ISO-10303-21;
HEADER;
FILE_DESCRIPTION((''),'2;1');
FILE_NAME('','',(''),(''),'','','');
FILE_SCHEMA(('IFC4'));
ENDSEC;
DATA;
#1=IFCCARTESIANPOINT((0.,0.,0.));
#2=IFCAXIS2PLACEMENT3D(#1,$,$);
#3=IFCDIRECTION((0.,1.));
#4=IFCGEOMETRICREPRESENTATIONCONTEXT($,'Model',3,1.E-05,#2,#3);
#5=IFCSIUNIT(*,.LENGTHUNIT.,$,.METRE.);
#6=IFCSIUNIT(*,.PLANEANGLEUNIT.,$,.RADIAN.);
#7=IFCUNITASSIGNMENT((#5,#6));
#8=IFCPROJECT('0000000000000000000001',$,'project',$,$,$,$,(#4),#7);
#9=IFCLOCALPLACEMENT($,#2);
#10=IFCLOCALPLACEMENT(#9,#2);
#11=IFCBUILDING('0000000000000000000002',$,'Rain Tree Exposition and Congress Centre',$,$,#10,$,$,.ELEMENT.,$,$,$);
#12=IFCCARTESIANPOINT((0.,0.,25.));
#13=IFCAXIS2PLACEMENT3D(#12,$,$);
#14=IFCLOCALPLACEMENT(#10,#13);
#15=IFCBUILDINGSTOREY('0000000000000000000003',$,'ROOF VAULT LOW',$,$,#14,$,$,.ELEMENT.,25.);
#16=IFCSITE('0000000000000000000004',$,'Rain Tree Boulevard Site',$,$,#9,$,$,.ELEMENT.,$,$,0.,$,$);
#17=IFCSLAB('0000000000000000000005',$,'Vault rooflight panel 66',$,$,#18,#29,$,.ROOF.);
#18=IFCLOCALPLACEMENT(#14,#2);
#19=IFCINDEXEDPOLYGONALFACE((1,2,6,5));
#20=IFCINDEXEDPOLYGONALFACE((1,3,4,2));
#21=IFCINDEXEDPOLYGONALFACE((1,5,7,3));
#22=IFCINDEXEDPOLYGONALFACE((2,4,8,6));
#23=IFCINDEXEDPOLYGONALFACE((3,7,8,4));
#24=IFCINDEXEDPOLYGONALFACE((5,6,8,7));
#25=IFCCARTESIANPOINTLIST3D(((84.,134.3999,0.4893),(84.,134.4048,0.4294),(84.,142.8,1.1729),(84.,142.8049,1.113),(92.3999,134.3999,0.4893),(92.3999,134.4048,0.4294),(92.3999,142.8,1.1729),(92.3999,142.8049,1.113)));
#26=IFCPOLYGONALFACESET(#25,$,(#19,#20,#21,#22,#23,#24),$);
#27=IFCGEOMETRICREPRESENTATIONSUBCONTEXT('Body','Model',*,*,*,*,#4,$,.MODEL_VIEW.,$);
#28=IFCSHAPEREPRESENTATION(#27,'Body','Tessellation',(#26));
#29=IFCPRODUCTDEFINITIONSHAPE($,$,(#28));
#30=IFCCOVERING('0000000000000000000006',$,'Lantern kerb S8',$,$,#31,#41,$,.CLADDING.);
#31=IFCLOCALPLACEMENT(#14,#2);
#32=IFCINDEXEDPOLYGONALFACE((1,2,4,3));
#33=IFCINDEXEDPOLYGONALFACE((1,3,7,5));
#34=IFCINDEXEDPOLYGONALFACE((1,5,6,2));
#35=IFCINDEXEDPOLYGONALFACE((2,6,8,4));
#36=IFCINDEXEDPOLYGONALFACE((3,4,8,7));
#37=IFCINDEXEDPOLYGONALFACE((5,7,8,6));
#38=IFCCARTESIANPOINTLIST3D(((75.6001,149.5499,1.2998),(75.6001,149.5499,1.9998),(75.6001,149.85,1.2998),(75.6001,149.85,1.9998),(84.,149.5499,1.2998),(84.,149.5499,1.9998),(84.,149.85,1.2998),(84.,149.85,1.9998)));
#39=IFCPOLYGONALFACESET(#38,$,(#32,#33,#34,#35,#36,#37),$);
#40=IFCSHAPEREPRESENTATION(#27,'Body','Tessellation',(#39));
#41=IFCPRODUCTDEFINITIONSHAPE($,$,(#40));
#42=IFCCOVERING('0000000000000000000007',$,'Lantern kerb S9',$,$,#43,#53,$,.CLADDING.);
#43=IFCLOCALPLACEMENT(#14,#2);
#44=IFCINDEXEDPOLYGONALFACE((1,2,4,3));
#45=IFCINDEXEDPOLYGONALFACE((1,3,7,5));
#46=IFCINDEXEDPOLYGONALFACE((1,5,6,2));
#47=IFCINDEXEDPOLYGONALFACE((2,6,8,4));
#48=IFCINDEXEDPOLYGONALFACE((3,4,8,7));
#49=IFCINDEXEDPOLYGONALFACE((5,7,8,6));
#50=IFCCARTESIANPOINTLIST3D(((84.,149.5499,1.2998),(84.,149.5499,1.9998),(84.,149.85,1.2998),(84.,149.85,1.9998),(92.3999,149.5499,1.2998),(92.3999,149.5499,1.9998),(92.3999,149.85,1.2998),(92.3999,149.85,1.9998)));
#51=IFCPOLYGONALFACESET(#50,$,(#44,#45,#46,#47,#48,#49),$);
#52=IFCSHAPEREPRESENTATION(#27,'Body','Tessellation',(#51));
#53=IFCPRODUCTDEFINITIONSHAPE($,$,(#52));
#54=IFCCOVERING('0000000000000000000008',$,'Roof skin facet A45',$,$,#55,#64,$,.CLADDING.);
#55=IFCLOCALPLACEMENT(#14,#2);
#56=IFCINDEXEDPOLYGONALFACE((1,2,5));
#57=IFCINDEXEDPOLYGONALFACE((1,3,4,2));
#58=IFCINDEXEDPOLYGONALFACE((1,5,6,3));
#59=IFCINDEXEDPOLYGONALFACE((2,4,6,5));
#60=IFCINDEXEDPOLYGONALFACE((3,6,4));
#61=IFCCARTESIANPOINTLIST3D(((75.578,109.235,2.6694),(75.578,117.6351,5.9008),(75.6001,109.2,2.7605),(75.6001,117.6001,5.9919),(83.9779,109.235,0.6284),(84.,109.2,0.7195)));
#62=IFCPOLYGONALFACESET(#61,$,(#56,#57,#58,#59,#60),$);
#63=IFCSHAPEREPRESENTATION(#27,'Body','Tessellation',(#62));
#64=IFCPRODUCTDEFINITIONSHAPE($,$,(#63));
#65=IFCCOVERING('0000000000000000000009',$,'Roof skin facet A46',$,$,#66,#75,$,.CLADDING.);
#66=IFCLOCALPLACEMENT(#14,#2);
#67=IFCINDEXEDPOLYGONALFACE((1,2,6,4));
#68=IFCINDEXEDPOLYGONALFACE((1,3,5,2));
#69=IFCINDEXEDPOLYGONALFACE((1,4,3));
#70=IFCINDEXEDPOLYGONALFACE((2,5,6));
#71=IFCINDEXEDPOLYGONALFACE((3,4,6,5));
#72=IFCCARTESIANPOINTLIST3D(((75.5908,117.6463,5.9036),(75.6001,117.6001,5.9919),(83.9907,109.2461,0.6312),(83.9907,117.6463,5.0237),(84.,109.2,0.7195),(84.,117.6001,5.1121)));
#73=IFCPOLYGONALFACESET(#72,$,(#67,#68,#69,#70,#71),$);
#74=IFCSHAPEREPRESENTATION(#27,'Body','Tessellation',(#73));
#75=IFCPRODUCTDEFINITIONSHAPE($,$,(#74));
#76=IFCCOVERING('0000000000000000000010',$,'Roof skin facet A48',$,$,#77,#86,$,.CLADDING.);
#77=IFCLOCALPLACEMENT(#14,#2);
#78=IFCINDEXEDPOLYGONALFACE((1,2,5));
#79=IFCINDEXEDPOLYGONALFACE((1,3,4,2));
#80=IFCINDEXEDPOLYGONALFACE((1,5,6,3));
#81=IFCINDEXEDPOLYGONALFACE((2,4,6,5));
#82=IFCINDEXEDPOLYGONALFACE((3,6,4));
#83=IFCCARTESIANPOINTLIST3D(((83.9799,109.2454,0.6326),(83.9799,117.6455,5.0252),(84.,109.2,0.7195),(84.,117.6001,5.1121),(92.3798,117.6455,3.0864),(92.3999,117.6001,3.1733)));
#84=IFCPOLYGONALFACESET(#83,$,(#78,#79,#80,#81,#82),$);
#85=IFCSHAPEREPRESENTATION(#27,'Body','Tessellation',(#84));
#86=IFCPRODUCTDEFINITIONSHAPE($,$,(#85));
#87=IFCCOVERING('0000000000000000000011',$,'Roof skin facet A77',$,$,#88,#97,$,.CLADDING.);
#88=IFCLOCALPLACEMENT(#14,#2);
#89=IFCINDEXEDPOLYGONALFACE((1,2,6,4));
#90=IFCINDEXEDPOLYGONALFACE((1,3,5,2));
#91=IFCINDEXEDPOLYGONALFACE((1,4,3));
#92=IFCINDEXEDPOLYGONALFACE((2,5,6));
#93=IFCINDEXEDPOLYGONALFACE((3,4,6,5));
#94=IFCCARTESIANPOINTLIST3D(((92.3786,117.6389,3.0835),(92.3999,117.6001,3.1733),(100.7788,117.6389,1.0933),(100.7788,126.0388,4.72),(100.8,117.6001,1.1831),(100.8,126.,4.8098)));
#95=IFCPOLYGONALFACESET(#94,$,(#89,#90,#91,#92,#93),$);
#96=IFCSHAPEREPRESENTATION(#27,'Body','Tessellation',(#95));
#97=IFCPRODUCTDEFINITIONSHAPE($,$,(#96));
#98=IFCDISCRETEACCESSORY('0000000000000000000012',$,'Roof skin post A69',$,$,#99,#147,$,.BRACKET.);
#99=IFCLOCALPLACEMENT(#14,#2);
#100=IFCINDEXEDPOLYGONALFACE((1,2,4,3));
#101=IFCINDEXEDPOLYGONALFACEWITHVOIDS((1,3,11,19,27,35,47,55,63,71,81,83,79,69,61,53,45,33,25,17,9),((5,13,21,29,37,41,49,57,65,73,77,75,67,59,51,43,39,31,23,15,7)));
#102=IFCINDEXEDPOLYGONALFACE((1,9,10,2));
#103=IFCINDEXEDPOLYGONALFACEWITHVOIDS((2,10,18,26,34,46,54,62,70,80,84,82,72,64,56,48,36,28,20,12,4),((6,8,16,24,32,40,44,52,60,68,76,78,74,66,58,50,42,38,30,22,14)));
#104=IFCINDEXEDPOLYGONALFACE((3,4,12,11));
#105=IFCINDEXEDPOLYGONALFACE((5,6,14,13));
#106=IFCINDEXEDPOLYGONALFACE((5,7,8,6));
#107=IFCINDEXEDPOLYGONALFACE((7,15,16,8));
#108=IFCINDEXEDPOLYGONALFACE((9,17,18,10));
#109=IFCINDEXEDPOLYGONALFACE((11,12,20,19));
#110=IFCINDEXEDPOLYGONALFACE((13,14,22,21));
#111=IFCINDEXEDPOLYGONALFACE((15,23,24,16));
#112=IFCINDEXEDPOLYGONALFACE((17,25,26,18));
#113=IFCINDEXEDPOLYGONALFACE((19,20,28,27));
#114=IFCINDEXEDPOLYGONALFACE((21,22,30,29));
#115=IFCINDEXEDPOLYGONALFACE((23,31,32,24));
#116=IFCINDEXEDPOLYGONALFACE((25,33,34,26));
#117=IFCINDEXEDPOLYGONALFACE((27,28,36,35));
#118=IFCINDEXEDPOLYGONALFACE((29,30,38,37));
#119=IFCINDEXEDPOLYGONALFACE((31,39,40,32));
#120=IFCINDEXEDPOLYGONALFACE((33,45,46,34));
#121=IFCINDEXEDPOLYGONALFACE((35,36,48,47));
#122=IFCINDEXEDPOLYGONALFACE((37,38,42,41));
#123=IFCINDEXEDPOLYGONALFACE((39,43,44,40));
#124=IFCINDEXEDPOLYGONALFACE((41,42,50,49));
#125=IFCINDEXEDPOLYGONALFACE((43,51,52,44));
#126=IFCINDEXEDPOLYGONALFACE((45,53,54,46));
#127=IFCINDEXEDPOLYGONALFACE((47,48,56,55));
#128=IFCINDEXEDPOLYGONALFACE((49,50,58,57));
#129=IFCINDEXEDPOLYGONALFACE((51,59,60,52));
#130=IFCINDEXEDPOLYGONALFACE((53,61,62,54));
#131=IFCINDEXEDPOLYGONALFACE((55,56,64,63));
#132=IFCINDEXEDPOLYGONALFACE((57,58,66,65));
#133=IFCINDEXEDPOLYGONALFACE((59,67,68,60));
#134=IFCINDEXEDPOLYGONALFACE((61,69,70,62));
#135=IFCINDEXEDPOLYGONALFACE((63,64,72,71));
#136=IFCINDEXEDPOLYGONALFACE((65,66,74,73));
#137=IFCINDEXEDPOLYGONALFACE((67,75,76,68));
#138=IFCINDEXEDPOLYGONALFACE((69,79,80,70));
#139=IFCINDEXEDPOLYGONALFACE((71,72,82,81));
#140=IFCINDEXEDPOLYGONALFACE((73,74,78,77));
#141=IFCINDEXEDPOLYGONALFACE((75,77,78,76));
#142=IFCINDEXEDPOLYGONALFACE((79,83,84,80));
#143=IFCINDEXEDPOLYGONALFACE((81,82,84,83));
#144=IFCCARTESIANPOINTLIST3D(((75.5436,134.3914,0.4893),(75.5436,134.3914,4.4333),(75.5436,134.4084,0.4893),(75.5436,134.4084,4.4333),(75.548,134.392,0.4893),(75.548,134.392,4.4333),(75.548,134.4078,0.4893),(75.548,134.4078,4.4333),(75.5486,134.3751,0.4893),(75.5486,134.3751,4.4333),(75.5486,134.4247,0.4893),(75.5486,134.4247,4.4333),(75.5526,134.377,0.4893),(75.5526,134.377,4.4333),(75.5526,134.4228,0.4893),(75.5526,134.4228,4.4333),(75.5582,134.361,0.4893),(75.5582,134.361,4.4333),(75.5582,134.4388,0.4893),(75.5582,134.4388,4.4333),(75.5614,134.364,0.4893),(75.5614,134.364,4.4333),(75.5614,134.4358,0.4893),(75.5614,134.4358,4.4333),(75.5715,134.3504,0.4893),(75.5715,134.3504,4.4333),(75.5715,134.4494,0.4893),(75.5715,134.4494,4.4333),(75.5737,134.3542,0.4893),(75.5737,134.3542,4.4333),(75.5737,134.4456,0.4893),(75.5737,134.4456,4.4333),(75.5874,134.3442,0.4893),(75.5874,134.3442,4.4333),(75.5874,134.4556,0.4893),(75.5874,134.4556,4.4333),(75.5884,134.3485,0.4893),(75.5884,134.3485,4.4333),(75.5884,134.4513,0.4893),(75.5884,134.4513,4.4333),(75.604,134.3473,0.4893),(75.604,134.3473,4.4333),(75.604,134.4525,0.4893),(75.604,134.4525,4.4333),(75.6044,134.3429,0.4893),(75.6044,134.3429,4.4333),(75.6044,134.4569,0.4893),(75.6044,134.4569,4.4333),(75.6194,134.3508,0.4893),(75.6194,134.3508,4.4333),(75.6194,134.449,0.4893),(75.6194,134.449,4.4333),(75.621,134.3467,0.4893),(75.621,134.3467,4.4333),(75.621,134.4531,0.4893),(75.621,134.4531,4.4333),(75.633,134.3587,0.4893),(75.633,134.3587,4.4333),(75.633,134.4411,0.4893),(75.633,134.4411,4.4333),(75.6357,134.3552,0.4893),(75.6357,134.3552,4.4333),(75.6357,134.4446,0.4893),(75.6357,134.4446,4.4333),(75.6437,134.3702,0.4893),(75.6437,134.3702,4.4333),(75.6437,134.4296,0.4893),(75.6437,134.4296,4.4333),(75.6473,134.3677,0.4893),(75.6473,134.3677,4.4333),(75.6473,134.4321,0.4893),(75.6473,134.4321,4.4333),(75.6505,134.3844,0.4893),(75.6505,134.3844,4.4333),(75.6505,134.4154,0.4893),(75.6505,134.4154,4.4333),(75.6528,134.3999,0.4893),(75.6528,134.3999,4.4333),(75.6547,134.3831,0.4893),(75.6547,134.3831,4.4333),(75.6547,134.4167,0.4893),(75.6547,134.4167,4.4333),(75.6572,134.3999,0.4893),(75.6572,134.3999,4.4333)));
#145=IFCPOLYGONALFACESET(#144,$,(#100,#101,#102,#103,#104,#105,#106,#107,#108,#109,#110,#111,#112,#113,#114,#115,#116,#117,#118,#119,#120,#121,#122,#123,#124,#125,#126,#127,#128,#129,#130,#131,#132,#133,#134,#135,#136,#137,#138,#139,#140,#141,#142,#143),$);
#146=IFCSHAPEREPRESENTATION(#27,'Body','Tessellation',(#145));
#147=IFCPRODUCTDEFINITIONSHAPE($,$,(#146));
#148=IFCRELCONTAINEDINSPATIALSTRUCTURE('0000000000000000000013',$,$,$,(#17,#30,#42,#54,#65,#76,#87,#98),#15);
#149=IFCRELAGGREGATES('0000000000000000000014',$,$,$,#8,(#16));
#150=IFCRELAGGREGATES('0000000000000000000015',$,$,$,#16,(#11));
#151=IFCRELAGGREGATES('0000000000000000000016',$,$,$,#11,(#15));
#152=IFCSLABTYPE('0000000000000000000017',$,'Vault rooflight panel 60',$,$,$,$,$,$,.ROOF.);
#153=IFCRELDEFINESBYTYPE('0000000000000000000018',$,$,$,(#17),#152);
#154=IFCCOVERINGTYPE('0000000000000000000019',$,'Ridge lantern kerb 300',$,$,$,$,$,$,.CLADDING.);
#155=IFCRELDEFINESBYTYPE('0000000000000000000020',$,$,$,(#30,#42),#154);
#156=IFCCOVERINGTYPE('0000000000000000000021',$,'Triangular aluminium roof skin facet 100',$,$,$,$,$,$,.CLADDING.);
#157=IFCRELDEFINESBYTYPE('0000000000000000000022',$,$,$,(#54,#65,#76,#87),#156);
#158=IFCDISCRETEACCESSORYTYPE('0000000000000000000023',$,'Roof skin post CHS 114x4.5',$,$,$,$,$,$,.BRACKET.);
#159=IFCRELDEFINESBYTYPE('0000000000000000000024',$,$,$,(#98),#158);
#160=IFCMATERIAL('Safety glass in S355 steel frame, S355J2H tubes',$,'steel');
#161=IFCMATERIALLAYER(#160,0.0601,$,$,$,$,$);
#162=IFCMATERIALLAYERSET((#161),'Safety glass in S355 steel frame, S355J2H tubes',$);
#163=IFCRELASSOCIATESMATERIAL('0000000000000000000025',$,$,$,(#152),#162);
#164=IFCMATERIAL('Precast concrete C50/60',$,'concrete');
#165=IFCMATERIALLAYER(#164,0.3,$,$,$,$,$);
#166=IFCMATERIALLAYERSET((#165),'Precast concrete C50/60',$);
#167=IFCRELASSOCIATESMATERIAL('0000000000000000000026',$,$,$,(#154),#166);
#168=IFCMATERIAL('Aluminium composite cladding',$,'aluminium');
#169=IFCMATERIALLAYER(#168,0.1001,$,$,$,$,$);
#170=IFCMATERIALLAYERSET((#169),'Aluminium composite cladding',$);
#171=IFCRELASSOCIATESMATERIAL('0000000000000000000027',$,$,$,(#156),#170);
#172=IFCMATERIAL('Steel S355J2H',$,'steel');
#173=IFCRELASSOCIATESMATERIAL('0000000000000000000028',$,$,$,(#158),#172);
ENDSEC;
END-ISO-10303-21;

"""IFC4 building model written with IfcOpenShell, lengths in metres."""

from ifc_helpers import new_model, si_unit, direction, frame, origin, origin_2d, place, context, subcontext, project, spatial, polyline, rectangle, hollow_circle, outline, extrude, material, layer, layer_set, material_profile, profile_set, type_object, element, save


model = new_model("IFC4")

# Units and contexts
model_context = context("Model", 3, precision=1e-05, world=origin(), true_north=direction((0.0, 1.0)))
body_context = subcontext(model_context, "Body", "Model", "MODEL_VIEW")
ifc_project = project(units=[si_unit("LENGTHUNIT", "METRE"), si_unit("PLANEANGLEUNIT", "RADIAN")], contexts=[model_context])

# Site, building, storey
site_placement = place(None, origin())
site = spatial("IfcSite", under=ifc_project, at=site_placement, Name="Rain Tree Boulevard Site", CompositionType="ELEMENT", RefElevation=0.0)
building_placement = place(site_placement, origin())
building = spatial("IfcBuilding", under=site, at=building_placement, Name="Rain Tree Exposition and Congress Centre", CompositionType="ELEMENT")
storey_placement = place(building_placement, frame((0.0, 0.0, 25.0)))
storey = spatial("IfcBuildingStorey", under=building, at=storey_placement, Name="ROOF VAULT LOW", CompositionType="ELEMENT", Elevation=25.0)

# Slab
ifc_material_1 = material(Name="Safety glass in S355 steel frame, S355J2H tubes", Category="steel")
ifc_layer_1 = layer(ifc_material_1, 0.0601)
ifc_layer_set_1 = layer_set([ifc_layer_1], Name="Safety glass in S355 steel frame, S355J2H tubes")
slab_type_1 = type_object("IfcSlabType", Name="Vault rooflight panel 60", PredefinedType="ROOF", material=ifc_layer_set_1)
slab_1_placement = place(storey_placement, frame((84.0, 134.3999, 0.4893), z_axis=(0.0, -0.081111, 0.996705), x_axis=(1.0, 0.0, 0.0)))
element("IfcSlab", 1, at=slab_1_placement, inside=storey, type_object=slab_type_1, Name="Vault rooflight panel 66", PredefinedType="ROOF", context=body_context, shape_type="SweptSolid", body=[
    extrude(outline(polyline([(0.0, 0.0), (8.3999, 0.0), (8.3999, 8.4279), (0.0, 8.4279), (0.0, 0.0)])), origin(), (0.0, 0.0, -1.0), 0.0601),
])

# Coverings
ifc_material_2 = material(Name="Precast concrete C50/60", Category="concrete")
ifc_layer_2 = layer(ifc_material_2, 0.3)
ifc_layer_set_2 = layer_set([ifc_layer_2], Name="Precast concrete C50/60")
covering_type_1 = type_object("IfcCoveringType", Name="Ridge lantern kerb 300", PredefinedType="CLADDING", material=ifc_layer_set_2)
for number, where, z_axis, x_axis, name in (
    (2, (79.8, 149.7, 1.2998), (0.0, 0.0, 1.0), (1.0, 0.0, 0.0), "Lantern kerb S8"),
    (3, (88.2, 149.7, 1.2998), (0.0, 0.0, 1.0), (1.0, 0.0, 0.0), "Lantern kerb S9"),
):
    element("IfcCovering", number, at=place(storey_placement, frame(where, z_axis=z_axis, x_axis=x_axis)), inside=storey, type_object=covering_type_1, Name=name, PredefinedType="CLADDING", context=body_context, shape_type="SweptSolid", body=[
        extrude(rectangle(XDim=8.3999, YDim=0.3, at=origin_2d()), origin(), (0.0, 0.0, 1.0), 0.7),
    ])
ifc_material_3 = material(Name="Aluminium composite cladding", Category="aluminium")
ifc_layer_3 = layer(ifc_material_3, 0.1001)
ifc_layer_set_3 = layer_set([ifc_layer_3], Name="Aluminium composite cladding")
covering_type_2 = type_object("IfcCoveringType", Name="Triangular aluminium roof skin facet 100", PredefinedType="CLADDING", material=ifc_layer_set_3)
covering_1_placement = place(storey_placement, frame((75.6001, 109.2, 2.7605), z_axis=(0.221164, -0.350148, 0.91021), x_axis=(0.971726, 0.0, -0.236111)))
element("IfcCovering", 4, at=covering_1_placement, inside=storey, type_object=covering_type_2, Name="Roof skin facet A45", PredefinedType="CLADDING", context=body_context, shape_type="SweptSolid", body=[
    extrude(outline(polyline([(0.0, 0.0), (8.6443, 0.0), (-0.763, 8.9679), (0.0, 0.0)])), origin(), (0.0, 0.0, -1.0), 0.1001),
])
covering_2_placement = place(storey_placement, frame((84.0, 109.2, 0.7195), z_axis=(0.092427, -0.461403, 0.882363), x_axis=(0.0, 0.886156, 0.463386)))
element("IfcCovering", 5, at=covering_2_placement, inside=storey, type_object=covering_type_2, Name="Roof skin facet A46", PredefinedType="CLADDING", context=body_context, shape_type="SweptSolid", body=[
    extrude(outline(polyline([(0.0, 0.0), (9.4793, 0.0), (9.887, 8.436), (0.0, 0.0)])), origin(), (0.0, 0.0, -1.0), 0.1001),
])
covering_3_placement = place(storey_placement, frame((84.0, 109.2, 0.7195), z_axis=(0.200379, -0.453988, 0.868184), x_axis=(0.692477, 0.692497, 0.202293)))
element("IfcCovering", 6, at=covering_3_placement, inside=storey, type_object=covering_type_2, Name="Roof skin facet A48", PredefinedType="CLADDING", context=body_context, shape_type="SweptSolid", body=[
    extrude(outline(polyline([(0.0, 0.0), (12.1302, 0.0), (6.7057, 6.7001), (0.0, 0.0)])), origin(), (0.0, 0.0, -1.0), 0.1001),
])
covering_4_placement = place(storey_placement, frame((92.3999, 117.6001, 3.1733), z_axis=(0.21255, -0.387331, 0.897105), x_axis=(0.973061, 0.0, -0.230546)))
element("IfcCovering", 7, at=covering_4_placement, inside=storey, type_object=covering_type_2, Name="Roof skin facet A77", PredefinedType="CLADDING", context=body_context, shape_type="SweptSolid", body=[
    extrude(outline(polyline([(0.0, 0.0), (8.6327, 0.0), (7.7966, 9.1111), (0.0, 0.0)])), origin(), (0.0, 0.0, -1.0), 0.1001),
])

# Discrete accessory
ifc_material_4 = material(Name="Steel S355J2H", Category="steel")
ifc_material_profile_1 = material_profile(ifc_material_4, hollow_circle(Radius=0.0571, WallThickness=0.0044, at=origin_2d()), Name="CHS 114x4.5")
ifc_profile_set_1 = profile_set([ifc_material_profile_1], Name="Steel S355J2H")
discrete_accessory_type_1 = type_object("IfcDiscreteAccessoryType", Name="Roof skin post CHS 114x4.5", PredefinedType="BRACKET", material=ifc_profile_set_1)
discrete_accessory_1_placement = place(storey_placement, frame((75.6001, 134.3999, 0.4893), z_axis=(0.0, 0.0, 1.0), x_axis=(1.0, 0.0, 0.0)))
element("IfcDiscreteAccessory", 8, at=discrete_accessory_1_placement, inside=storey, type_object=discrete_accessory_type_1, Name="Roof skin post A69", PredefinedType="BRACKET", context=body_context, shape_type="SweptSolid", body=[
    extrude(hollow_circle(Radius=0.0571, WallThickness=0.0044, at=origin_2d()), origin(), (0.0, 0.0, 1.0), 3.9441),
])

save(model, "model.ifc")
